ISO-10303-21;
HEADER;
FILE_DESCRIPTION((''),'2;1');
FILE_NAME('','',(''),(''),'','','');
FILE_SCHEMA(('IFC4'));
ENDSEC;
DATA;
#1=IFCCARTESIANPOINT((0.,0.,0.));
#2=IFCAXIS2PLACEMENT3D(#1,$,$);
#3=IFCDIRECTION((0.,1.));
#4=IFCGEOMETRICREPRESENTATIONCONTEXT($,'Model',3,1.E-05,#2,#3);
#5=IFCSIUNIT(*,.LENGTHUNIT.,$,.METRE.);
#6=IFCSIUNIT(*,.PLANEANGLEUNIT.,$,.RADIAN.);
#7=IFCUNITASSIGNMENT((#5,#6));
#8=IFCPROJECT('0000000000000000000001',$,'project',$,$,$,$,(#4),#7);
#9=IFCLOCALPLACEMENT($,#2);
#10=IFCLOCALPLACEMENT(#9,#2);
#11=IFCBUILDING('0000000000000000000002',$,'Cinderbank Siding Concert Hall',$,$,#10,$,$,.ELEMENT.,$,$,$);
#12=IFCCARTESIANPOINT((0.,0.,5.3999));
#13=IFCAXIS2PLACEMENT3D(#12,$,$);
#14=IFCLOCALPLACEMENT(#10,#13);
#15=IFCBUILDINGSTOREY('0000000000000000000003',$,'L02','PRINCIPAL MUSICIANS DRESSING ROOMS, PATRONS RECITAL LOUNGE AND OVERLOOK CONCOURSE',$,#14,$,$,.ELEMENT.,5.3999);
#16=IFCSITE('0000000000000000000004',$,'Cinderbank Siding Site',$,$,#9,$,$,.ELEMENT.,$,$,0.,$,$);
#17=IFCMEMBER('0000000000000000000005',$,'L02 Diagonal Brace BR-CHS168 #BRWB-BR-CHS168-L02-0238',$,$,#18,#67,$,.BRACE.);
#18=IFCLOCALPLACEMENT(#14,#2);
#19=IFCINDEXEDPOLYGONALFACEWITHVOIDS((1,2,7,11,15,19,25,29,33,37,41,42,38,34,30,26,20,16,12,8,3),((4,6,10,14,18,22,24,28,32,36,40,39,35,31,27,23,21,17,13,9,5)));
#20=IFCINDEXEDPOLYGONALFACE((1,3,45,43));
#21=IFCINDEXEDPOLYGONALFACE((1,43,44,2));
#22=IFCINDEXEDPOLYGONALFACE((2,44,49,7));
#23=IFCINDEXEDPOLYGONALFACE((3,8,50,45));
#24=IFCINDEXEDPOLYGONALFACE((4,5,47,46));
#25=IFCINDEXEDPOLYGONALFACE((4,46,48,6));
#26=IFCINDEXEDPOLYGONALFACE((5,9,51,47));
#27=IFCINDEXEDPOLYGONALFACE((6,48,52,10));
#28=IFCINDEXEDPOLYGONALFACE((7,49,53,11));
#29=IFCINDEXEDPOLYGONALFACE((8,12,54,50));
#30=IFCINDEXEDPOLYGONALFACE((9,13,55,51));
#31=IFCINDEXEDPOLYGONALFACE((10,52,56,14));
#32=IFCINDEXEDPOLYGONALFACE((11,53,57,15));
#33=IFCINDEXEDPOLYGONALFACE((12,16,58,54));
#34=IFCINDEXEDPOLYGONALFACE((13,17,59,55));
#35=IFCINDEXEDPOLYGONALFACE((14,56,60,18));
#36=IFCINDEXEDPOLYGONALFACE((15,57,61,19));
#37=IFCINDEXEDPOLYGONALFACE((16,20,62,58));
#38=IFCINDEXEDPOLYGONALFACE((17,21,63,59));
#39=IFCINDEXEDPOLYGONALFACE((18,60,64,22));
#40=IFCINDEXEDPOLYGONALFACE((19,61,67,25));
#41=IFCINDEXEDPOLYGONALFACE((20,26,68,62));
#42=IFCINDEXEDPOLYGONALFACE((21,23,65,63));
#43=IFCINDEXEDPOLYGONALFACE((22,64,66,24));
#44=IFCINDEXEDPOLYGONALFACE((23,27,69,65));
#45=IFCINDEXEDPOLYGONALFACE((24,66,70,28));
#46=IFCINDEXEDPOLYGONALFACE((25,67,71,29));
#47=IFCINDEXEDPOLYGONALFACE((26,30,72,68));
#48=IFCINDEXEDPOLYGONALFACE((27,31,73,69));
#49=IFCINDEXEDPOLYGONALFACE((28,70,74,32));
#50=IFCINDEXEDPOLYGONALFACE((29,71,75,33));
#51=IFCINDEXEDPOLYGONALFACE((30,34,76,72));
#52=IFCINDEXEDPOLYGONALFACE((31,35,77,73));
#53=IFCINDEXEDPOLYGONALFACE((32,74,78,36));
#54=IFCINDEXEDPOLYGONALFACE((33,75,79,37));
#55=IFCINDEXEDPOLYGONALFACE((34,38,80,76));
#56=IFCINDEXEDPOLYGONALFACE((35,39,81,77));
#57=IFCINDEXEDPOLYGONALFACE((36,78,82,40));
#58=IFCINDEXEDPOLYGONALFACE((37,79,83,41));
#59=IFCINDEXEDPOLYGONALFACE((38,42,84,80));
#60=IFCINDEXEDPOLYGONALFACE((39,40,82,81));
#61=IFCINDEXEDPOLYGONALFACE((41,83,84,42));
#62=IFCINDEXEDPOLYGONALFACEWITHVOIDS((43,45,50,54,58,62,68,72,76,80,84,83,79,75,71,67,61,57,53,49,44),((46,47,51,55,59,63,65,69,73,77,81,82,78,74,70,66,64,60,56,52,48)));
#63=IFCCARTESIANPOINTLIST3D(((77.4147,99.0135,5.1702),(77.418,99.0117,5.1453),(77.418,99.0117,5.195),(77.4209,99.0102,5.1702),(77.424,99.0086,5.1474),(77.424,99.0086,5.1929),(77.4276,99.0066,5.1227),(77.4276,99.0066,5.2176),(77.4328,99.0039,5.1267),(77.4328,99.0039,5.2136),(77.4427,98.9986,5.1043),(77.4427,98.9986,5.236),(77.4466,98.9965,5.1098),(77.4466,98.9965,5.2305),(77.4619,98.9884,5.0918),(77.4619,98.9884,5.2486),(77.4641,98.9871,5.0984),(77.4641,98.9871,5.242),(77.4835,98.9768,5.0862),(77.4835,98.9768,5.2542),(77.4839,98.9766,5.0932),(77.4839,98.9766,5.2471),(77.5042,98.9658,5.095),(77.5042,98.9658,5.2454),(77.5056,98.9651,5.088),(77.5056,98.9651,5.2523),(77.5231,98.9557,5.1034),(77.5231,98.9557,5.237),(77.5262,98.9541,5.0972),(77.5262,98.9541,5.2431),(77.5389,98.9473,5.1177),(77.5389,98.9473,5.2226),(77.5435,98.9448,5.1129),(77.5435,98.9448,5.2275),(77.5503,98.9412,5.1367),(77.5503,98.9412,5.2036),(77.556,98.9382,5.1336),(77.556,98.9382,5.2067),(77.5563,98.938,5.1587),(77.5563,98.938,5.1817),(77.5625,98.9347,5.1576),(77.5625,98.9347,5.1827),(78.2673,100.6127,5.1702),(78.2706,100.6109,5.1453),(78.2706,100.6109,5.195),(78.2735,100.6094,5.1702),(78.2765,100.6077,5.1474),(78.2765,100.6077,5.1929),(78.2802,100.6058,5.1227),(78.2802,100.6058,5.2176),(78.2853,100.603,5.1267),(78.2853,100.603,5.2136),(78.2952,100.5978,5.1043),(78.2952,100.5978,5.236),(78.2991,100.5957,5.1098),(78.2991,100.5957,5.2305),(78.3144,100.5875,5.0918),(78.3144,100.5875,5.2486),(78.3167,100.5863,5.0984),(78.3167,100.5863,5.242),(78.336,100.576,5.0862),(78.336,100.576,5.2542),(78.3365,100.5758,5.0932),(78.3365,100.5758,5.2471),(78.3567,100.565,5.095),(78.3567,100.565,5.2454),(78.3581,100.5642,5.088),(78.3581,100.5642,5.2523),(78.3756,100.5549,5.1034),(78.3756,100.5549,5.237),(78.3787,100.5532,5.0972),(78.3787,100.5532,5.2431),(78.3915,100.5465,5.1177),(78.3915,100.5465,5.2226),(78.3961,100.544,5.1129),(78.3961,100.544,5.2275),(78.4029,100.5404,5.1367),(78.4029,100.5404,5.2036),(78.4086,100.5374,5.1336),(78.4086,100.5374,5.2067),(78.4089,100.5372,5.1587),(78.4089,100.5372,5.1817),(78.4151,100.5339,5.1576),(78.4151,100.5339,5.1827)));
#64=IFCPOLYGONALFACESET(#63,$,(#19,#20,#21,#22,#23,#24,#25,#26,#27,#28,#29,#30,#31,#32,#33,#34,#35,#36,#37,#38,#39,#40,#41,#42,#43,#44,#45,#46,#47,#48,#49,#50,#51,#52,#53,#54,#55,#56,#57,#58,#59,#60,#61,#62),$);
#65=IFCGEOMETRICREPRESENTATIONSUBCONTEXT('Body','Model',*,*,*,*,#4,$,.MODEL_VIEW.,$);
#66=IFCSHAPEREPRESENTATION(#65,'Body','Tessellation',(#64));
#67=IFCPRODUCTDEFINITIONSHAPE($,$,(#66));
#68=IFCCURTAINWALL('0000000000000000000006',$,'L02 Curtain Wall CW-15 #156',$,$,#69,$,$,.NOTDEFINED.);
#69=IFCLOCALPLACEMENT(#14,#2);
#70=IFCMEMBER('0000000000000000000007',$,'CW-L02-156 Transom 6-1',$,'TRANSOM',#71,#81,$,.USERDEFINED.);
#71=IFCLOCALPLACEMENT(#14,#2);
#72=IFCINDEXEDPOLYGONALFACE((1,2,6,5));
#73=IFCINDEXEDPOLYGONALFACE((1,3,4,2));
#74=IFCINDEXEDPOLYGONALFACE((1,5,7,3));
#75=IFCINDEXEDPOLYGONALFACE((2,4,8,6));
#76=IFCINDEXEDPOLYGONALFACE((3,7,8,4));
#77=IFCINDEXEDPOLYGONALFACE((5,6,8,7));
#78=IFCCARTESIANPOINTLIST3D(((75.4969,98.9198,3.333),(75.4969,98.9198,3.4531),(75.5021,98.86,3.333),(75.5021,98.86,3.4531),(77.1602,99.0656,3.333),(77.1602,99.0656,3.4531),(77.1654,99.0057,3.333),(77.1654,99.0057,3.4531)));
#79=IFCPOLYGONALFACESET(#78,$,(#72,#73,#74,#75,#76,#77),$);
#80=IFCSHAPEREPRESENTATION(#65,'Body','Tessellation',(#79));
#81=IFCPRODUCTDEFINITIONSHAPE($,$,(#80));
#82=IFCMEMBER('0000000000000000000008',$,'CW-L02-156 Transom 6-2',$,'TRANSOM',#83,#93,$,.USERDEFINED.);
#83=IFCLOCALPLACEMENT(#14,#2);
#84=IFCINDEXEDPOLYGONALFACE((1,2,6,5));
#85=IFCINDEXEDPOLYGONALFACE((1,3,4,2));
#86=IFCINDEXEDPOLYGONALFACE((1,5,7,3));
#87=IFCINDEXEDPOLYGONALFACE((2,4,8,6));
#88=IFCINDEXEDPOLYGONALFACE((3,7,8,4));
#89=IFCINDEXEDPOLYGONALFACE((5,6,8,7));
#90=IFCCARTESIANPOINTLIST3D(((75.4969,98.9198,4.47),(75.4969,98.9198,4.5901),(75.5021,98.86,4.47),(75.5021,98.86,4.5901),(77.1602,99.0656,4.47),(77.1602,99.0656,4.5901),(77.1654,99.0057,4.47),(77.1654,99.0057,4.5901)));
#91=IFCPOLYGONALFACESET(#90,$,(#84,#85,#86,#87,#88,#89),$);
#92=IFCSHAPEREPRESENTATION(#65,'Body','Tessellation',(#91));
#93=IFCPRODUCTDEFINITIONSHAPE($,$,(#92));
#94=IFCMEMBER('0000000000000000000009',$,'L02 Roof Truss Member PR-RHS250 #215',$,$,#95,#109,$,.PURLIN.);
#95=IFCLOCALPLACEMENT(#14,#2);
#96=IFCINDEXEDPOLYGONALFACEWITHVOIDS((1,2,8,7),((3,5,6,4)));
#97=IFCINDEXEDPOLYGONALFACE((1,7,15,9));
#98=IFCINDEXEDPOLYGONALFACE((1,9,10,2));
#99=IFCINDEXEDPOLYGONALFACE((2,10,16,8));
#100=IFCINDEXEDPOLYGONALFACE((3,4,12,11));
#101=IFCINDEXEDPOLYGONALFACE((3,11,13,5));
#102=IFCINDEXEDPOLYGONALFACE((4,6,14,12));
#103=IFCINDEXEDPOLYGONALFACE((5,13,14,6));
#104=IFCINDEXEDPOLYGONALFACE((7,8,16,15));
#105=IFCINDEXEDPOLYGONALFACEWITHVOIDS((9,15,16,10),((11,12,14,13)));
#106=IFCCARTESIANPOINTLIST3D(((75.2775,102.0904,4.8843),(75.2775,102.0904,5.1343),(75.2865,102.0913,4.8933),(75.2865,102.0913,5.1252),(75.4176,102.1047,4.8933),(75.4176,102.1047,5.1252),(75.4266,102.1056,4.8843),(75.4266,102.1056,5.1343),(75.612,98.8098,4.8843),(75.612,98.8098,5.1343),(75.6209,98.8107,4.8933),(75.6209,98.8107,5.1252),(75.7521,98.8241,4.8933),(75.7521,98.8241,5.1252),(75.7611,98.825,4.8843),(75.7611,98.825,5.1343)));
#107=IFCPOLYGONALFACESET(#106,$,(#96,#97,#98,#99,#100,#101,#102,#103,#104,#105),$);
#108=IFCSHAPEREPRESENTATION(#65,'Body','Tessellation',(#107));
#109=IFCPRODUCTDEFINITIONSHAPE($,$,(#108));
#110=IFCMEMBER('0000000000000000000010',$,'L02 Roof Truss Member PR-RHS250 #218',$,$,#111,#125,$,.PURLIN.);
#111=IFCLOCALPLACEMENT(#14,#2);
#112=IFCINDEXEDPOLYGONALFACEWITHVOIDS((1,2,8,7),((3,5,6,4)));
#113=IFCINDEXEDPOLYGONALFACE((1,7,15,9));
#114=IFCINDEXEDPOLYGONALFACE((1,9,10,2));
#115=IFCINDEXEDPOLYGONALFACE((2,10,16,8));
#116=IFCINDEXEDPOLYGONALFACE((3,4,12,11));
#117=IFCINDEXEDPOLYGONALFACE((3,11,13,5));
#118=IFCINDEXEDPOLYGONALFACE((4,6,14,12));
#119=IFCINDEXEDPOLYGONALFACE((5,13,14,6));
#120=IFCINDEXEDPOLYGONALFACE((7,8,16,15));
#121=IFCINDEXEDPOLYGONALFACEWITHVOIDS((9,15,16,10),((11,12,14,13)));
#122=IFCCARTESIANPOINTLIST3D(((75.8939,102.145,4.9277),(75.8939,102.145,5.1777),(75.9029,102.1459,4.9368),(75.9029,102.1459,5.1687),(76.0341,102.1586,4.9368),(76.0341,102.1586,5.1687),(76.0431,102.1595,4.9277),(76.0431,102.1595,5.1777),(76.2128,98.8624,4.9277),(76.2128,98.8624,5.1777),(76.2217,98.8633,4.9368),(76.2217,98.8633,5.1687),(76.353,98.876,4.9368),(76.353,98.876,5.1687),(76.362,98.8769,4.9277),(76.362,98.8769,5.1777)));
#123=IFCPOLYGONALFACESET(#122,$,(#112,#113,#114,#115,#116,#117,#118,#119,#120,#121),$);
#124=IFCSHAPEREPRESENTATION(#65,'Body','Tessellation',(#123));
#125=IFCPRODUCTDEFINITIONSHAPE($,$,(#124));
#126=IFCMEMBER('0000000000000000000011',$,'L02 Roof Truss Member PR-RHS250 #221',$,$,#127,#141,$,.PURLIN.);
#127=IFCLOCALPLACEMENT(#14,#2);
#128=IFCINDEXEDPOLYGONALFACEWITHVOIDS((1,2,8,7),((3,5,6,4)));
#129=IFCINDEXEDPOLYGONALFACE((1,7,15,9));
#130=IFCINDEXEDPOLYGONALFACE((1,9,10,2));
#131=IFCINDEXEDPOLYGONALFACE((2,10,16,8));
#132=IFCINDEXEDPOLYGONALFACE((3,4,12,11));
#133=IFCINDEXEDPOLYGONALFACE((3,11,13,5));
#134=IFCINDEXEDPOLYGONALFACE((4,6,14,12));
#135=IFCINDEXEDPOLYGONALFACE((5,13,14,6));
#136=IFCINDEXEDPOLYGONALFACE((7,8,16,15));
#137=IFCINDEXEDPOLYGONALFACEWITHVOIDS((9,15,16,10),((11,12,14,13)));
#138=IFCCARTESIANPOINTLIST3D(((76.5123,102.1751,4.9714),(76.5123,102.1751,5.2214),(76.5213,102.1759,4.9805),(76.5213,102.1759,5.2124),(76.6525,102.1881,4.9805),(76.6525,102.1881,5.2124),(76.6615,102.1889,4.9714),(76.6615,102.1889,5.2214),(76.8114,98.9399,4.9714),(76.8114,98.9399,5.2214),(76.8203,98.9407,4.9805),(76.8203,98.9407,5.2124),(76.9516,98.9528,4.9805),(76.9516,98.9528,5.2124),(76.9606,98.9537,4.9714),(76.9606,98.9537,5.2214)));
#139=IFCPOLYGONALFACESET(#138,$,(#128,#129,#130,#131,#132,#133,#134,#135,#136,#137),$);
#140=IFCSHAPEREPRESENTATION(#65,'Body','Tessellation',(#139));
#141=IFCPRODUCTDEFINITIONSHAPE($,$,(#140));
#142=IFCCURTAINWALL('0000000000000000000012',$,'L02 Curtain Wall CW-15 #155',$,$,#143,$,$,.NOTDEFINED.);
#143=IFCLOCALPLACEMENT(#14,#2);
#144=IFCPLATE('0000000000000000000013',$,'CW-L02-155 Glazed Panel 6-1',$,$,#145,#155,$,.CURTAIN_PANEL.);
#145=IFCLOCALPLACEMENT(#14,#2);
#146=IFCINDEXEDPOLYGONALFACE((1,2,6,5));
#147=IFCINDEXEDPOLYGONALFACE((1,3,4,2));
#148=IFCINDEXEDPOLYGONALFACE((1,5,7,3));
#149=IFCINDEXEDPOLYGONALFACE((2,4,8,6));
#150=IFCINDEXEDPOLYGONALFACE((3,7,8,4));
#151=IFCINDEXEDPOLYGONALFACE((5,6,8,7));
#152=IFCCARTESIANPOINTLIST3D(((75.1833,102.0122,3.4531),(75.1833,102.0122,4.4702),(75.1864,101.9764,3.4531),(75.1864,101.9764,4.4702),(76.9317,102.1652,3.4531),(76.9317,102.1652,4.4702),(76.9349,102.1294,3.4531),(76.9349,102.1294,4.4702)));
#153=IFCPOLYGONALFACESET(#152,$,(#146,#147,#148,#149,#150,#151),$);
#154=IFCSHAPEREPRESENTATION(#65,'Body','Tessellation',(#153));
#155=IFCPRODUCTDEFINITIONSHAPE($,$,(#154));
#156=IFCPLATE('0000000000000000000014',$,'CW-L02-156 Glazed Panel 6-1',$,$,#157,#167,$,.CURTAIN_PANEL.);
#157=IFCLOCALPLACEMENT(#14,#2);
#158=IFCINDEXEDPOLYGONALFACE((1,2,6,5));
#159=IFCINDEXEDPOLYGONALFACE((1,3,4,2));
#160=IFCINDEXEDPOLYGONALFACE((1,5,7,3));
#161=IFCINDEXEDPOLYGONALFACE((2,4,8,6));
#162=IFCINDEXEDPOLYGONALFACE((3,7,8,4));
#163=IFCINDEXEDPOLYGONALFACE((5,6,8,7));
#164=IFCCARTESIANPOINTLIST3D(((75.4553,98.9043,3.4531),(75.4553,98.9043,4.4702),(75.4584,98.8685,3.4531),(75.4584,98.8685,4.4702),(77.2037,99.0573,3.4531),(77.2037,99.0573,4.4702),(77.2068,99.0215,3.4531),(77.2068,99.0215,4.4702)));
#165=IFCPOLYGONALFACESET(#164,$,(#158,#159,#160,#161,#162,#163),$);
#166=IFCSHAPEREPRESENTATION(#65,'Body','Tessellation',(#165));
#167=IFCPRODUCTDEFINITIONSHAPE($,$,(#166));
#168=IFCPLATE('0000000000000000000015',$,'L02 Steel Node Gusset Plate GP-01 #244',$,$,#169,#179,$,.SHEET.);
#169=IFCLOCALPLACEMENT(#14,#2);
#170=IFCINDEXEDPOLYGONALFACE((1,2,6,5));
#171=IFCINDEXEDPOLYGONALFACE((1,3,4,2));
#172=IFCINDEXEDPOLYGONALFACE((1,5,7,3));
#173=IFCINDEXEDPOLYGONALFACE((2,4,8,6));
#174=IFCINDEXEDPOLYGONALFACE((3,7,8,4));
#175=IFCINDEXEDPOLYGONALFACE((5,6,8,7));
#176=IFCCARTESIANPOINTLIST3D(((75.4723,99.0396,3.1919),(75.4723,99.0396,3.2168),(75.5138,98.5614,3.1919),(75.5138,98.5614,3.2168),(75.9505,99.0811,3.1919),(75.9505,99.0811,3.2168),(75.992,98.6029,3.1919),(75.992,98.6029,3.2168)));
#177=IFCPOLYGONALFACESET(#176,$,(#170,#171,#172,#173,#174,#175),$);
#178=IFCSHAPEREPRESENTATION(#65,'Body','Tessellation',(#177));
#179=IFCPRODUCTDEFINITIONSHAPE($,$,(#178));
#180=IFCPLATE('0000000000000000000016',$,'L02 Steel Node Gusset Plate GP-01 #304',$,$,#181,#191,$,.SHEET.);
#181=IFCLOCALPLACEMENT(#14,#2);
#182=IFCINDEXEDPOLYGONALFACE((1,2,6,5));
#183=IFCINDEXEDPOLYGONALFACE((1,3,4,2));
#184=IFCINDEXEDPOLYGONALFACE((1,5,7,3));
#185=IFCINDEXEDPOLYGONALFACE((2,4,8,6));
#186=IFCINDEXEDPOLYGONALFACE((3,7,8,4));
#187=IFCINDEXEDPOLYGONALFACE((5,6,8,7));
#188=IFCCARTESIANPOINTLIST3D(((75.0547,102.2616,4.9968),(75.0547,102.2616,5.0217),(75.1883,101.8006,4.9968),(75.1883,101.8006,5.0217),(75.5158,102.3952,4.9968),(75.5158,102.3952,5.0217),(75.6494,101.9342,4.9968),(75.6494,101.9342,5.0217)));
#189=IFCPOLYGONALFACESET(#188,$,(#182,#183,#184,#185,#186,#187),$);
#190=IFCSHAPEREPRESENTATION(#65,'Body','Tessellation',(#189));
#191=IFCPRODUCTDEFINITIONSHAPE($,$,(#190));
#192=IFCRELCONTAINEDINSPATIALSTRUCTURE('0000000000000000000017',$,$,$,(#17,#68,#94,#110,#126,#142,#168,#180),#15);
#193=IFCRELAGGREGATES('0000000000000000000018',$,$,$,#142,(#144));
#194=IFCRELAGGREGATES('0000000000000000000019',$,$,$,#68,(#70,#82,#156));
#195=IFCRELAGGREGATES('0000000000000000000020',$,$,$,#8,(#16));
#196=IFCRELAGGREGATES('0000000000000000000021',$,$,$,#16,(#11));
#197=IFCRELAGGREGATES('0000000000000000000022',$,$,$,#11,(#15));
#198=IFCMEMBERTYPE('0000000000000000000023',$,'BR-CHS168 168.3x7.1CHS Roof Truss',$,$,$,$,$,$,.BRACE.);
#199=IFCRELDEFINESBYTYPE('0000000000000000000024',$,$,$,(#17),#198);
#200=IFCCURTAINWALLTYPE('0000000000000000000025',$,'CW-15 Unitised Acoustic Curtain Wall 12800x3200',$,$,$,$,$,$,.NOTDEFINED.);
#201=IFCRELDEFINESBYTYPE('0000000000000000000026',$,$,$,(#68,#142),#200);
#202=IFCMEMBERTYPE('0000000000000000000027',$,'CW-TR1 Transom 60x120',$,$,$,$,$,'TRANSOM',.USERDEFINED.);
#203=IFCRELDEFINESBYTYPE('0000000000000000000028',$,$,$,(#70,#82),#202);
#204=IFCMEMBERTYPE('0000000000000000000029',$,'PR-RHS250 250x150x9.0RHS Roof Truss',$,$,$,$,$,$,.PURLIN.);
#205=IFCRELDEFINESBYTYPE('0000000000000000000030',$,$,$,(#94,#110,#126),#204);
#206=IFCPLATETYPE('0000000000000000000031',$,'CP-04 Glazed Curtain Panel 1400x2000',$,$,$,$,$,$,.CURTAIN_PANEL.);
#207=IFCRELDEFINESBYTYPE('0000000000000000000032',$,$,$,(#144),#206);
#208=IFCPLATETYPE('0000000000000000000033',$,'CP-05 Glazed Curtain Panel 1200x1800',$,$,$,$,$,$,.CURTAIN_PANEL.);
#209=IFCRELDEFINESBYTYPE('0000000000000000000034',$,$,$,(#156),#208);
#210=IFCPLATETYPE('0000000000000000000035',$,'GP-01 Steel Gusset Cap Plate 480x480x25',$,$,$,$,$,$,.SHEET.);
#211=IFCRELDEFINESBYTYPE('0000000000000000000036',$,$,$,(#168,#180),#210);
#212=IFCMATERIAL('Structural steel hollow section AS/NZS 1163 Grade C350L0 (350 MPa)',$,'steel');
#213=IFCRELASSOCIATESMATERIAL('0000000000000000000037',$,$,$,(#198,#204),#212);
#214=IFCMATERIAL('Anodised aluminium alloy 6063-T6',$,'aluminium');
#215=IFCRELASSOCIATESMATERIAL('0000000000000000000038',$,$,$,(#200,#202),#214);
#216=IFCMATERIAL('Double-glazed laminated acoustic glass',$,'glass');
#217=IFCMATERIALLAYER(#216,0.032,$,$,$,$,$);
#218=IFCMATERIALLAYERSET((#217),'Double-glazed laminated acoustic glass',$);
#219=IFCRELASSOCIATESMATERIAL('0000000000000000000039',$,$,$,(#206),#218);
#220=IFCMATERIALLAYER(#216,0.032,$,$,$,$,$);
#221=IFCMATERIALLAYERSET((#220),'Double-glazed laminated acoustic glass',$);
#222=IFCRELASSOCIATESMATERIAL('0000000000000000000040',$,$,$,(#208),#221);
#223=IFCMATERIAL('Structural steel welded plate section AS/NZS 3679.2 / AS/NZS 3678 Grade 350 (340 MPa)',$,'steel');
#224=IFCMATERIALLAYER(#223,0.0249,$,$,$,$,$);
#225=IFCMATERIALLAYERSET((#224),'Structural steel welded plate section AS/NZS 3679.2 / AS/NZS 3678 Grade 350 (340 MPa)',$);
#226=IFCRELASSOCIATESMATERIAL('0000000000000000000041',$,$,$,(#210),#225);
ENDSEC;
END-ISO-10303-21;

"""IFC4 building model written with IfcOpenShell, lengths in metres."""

from ifc_helpers import new_model, si_unit, direction, frame, origin, origin_2d, place, context, subcontext, project, spatial, rectangle, hollow_rectangle, hollow_circle, extrude, material, layer, layer_set, material_profile, profile_set, type_object, element, aggregate, save


model = new_model("IFC4")

# Units and contexts
model_context = context("Model", 3, precision=1e-05, world=origin(), true_north=direction((0.0, 1.0)))
body_context = subcontext(model_context, "Body", "Model", "MODEL_VIEW")
ifc_project = project(units=[si_unit("LENGTHUNIT", "METRE"), si_unit("PLANEANGLEUNIT", "RADIAN")], contexts=[model_context])

# Site, building, storey
site_placement = place(None, origin())
site = spatial("IfcSite", under=ifc_project, at=site_placement, Name="Cinderbank Siding Site", CompositionType="ELEMENT", RefElevation=0.0)
building_placement = place(site_placement, origin())
building = spatial("IfcBuilding", under=site, at=building_placement, Name="Cinderbank Siding Concert Hall", CompositionType="ELEMENT")
storey_placement = place(building_placement, frame((0.0, 0.0, 5.3999)))
storey = spatial("IfcBuildingStorey", under=building, at=storey_placement, Name="L02", Description="PRINCIPAL MUSICIANS DRESSING ROOMS, PATRONS RECITAL LOUNGE AND OVERLOOK CONCOURSE", CompositionType="ELEMENT", Elevation=5.3999)

# Member
ifc_material_1 = material(Name="Structural steel hollow section AS/NZS 1163 Grade C350L0 (350 MPa)", Category="steel")
ifc_material_profile_1 = material_profile(ifc_material_1, hollow_circle(Radius=0.0842, WallThickness=0.0071, at=origin_2d()), Name="168.3x7.1CHS", Category="LoadBearing")
ifc_profile_set_1 = profile_set([ifc_material_profile_1], Name="Structural steel hollow section AS/NZS 1163 Grade C350L0 (350 MPa)")
member_type_1 = type_object("IfcMemberType", Name="BR-CHS168 168.3x7.1CHS Roof Truss", PredefinedType="BRACE", material=ifc_profile_set_1)
member_1_placement = place(storey_placement, frame((77.489, 98.9739, 5.1702), z_axis=(0.470448, 0.882428, 0.0), x_axis=(-0.882428, 0.470448, 0.0)))
element("IfcMember", 1, at=member_1_placement, inside=storey, type_object=member_type_1, Name="L02 Diagonal Brace BR-CHS168 #BRWB-BR-CHS168-L02-0238", PredefinedType="BRACE", context=body_context, shape_type="SweptSolid", body=[
    extrude(hollow_circle(Radius=0.0842, WallThickness=0.0071, at=origin_2d()), origin(), (0.0, 0.0, 1.0), 1.8123),
])

# Curtain wall, members
ifc_material_2 = material(Name="Anodised aluminium alloy 6063-T6", Category="aluminium")
curtain_wall_type = type_object("IfcCurtainWallType", Name="CW-15 Unitised Acoustic Curtain Wall 12800x3200", PredefinedType="NOTDEFINED", material=ifc_material_2)
curtain_wall_1_placement = place(storey_placement, origin())
curtain_wall_1 = element("IfcCurtainWall", 2, at=curtain_wall_1_placement, inside=storey, type_object=curtain_wall_type, Name="L02 Curtain Wall CW-15 #156", PredefinedType="NOTDEFINED")
ifc_material_profile_2 = material_profile(ifc_material_2, rectangle(XDim=0.0601, YDim=0.1201, at=origin_2d()), Name="ALU-TRAN-60x120", Category="LoadBearing")
ifc_profile_set_2 = profile_set([ifc_material_profile_2], Name="Anodised aluminium alloy 6063-T6")
member_type_2 = type_object("IfcMemberType", Name="CW-TR1 Transom 60x120", ElementType="TRANSOM", PredefinedType="USERDEFINED", material=ifc_profile_set_2)
member_2_placement = place(storey_placement, frame((75.4995, 98.8899, 3.3931), z_axis=(0.996183, 0.087292, 0.0), x_axis=(-0.087292, 0.996183, 0.0)))
member_2 = element("IfcMember", 3, at=member_2_placement, type_object=member_type_2, Name="CW-L02-156 Transom 6-1", ObjectType="TRANSOM", PredefinedType="USERDEFINED", context=body_context, shape_type="SweptSolid", body=[
    extrude(rectangle(XDim=0.0601, YDim=0.1201, at=origin_2d()), origin(), (0.0, 0.0, 1.0), 1.6697),
])
member_3_placement = place(storey_placement, frame((75.4995, 98.8899, 4.53), z_axis=(0.996183, 0.087292, 0.0), x_axis=(-0.087292, 0.996183, 0.0)))
member_3 = element("IfcMember", 4, at=member_3_placement, type_object=member_type_2, Name="CW-L02-156 Transom 6-2", ObjectType="TRANSOM", PredefinedType="USERDEFINED", context=body_context, shape_type="SweptSolid", body=[
    extrude(rectangle(XDim=0.0601, YDim=0.1201, at=origin_2d()), origin(), (0.0, 0.0, 1.0), 1.6697),
])

# Members
ifc_material_profile_3 = material_profile(ifc_material_1, hollow_rectangle(XDim=0.1499, YDim=0.25, WallThickness=0.009, at=origin_2d()), Name="250x150x9.0RHS", Category="LoadBearing")
ifc_profile_set_3 = profile_set([ifc_material_profile_3], Name="Structural steel hollow section AS/NZS 1163 Grade C350L0 (350 MPa)")
member_type_3 = type_object("IfcMemberType", Name="PR-RHS250 250x150x9.0RHS Roof Truss", PredefinedType="PURLIN", material=ifc_profile_set_3)
member_4_placement = place(storey_placement, frame((75.6865, 98.8174, 5.0093), z_axis=(-0.101431, 0.994843, 0.0), x_axis=(-0.994843, -0.101431, 0.0)))
element("IfcMember", 5, at=member_4_placement, inside=storey, type_object=member_type_3, Name="L02 Roof Truss Member PR-RHS250 #215", PredefinedType="PURLIN", context=body_context, shape_type="SweptSolid", body=[
    extrude(hollow_rectangle(XDim=0.1499, YDim=0.25, WallThickness=0.009, at=origin_2d()), origin(), (0.0, 0.0, 1.0), 3.2976),
])
member_5_placement = place(storey_placement, frame((76.2874, 98.8696, 5.0527), z_axis=(-0.096674, 0.995316, 0.0), x_axis=(-0.995316, -0.096674, 0.0)))
element("IfcMember", 6, at=member_5_placement, inside=storey, type_object=member_type_3, Name="L02 Roof Truss Member PR-RHS250 #218", PredefinedType="PURLIN", context=body_context, shape_type="SweptSolid", body=[
    extrude(hollow_rectangle(XDim=0.1499, YDim=0.25, WallThickness=0.009, at=origin_2d()), origin(), (0.0, 0.0, 1.0), 3.2981),
])
member_6_placement = place(storey_placement, frame((76.886, 98.9468, 5.0964), z_axis=(-0.092053, 0.995754, 0.0), x_axis=(-0.995754, -0.092053, 0.0)))
element("IfcMember", 7, at=member_6_placement, inside=storey, type_object=member_type_3, Name="L02 Roof Truss Member PR-RHS250 #221", PredefinedType="PURLIN", context=body_context, shape_type="SweptSolid", body=[
    extrude(hollow_rectangle(XDim=0.1499, YDim=0.25, WallThickness=0.009, at=origin_2d()), origin(), (0.0, 0.0, 1.0), 3.249),
])

# Curtain wall, plate
curtain_wall_2_placement = place(storey_placement, origin())
curtain_wall_2 = element("IfcCurtainWall", 8, at=curtain_wall_2_placement, inside=storey, type_object=curtain_wall_type, Name="L02 Curtain Wall CW-15 #155", PredefinedType="NOTDEFINED")
ifc_material_3 = material(Name="Double-glazed laminated acoustic glass", Category="glass")
ifc_layer_1 = layer(ifc_material_3, 0.032)
ifc_layer_set_1 = layer_set([ifc_layer_1], Name="Double-glazed laminated acoustic glass")
plate_type_1 = type_object("IfcPlateType", Name="CP-04 Glazed Curtain Panel 1400x2000", PredefinedType="CURTAIN_PANEL", material=ifc_layer_set_1)
plate_1_placement = place(storey_placement, frame((76.0591, 102.0708, 3.4531), z_axis=(0.0, 0.0, 1.0), x_axis=(0.996195, 0.087157, 0.0)))
plate_1 = element("IfcPlate", 9, at=plate_1_placement, type_object=plate_type_1, Name="CW-L02-155 Glazed Panel 6-1", PredefinedType="CURTAIN_PANEL", context=body_context, shape_type="SweptSolid", body=[
    extrude(rectangle(XDim=1.7551, YDim=0.0359, at=origin_2d()), origin(), (0.0, 0.0, 1.0), 1.0171),
])
aggregate(curtain_wall_2, [plate_1])

# Plate
ifc_layer_2 = layer(ifc_material_3, 0.032)
ifc_layer_set_2 = layer_set([ifc_layer_2], Name="Double-glazed laminated acoustic glass")
plate_type_2 = type_object("IfcPlateType", Name="CP-05 Glazed Curtain Panel 1200x1800", PredefinedType="CURTAIN_PANEL", material=ifc_layer_set_2)
plate_2_placement = place(storey_placement, frame((76.3311, 98.9629, 3.4531), z_axis=(0.0, 0.0, 1.0), x_axis=(0.996195, 0.087157, 0.0)))
plate_2 = element("IfcPlate", 10, at=plate_2_placement, type_object=plate_type_2, Name="CW-L02-156 Glazed Panel 6-1", PredefinedType="CURTAIN_PANEL", context=body_context, shape_type="SweptSolid", body=[
    extrude(rectangle(XDim=1.7551, YDim=0.0359, at=origin_2d()), origin(), (0.0, 0.0, 1.0), 1.0171),
])
aggregate(curtain_wall_1, [member_2, member_3, plate_2])

# Plates
ifc_material_4 = material(Name="Structural steel welded plate section AS/NZS 3679.2 / AS/NZS 3678 Grade 350 (340 MPa)", Category="steel")
ifc_layer_3 = layer(ifc_material_4, 0.0249)
ifc_layer_set_3 = layer_set([ifc_layer_3], Name="Structural steel welded plate section AS/NZS 3679.2 / AS/NZS 3678 Grade 350 (340 MPa)")
plate_type_3 = type_object("IfcPlateType", Name="GP-01 Steel Gusset Cap Plate 480x480x25", PredefinedType="SHEET", material=ifc_layer_set_3)
for number, where, z_axis, x_axis, name in (
    (11, (75.7322, 98.8213, 3.1919), (0.0, 0.0, 1.0), (0.996255, 0.08646, 0.0), "L02 Steel Node Gusset Plate GP-01 #244"),
    (12, (75.3521, 102.0979, 4.9968), (0.0, 0.0, 1.0), (0.278321, -0.960488, 0.0), "L02 Steel Node Gusset Plate GP-01 #304"),
):
    element("IfcPlate", number, at=place(storey_placement, frame(where, z_axis=z_axis, x_axis=x_axis)), inside=storey, type_object=plate_type_3, Name=name, PredefinedType="SHEET", context=body_context, shape_type="SweptSolid", body=[
        extrude(rectangle(XDim=0.48, YDim=0.48, at=origin_2d()), origin(), (0.0, 0.0, 1.0), 0.0249),
    ])

save(model, "model.ifc")
